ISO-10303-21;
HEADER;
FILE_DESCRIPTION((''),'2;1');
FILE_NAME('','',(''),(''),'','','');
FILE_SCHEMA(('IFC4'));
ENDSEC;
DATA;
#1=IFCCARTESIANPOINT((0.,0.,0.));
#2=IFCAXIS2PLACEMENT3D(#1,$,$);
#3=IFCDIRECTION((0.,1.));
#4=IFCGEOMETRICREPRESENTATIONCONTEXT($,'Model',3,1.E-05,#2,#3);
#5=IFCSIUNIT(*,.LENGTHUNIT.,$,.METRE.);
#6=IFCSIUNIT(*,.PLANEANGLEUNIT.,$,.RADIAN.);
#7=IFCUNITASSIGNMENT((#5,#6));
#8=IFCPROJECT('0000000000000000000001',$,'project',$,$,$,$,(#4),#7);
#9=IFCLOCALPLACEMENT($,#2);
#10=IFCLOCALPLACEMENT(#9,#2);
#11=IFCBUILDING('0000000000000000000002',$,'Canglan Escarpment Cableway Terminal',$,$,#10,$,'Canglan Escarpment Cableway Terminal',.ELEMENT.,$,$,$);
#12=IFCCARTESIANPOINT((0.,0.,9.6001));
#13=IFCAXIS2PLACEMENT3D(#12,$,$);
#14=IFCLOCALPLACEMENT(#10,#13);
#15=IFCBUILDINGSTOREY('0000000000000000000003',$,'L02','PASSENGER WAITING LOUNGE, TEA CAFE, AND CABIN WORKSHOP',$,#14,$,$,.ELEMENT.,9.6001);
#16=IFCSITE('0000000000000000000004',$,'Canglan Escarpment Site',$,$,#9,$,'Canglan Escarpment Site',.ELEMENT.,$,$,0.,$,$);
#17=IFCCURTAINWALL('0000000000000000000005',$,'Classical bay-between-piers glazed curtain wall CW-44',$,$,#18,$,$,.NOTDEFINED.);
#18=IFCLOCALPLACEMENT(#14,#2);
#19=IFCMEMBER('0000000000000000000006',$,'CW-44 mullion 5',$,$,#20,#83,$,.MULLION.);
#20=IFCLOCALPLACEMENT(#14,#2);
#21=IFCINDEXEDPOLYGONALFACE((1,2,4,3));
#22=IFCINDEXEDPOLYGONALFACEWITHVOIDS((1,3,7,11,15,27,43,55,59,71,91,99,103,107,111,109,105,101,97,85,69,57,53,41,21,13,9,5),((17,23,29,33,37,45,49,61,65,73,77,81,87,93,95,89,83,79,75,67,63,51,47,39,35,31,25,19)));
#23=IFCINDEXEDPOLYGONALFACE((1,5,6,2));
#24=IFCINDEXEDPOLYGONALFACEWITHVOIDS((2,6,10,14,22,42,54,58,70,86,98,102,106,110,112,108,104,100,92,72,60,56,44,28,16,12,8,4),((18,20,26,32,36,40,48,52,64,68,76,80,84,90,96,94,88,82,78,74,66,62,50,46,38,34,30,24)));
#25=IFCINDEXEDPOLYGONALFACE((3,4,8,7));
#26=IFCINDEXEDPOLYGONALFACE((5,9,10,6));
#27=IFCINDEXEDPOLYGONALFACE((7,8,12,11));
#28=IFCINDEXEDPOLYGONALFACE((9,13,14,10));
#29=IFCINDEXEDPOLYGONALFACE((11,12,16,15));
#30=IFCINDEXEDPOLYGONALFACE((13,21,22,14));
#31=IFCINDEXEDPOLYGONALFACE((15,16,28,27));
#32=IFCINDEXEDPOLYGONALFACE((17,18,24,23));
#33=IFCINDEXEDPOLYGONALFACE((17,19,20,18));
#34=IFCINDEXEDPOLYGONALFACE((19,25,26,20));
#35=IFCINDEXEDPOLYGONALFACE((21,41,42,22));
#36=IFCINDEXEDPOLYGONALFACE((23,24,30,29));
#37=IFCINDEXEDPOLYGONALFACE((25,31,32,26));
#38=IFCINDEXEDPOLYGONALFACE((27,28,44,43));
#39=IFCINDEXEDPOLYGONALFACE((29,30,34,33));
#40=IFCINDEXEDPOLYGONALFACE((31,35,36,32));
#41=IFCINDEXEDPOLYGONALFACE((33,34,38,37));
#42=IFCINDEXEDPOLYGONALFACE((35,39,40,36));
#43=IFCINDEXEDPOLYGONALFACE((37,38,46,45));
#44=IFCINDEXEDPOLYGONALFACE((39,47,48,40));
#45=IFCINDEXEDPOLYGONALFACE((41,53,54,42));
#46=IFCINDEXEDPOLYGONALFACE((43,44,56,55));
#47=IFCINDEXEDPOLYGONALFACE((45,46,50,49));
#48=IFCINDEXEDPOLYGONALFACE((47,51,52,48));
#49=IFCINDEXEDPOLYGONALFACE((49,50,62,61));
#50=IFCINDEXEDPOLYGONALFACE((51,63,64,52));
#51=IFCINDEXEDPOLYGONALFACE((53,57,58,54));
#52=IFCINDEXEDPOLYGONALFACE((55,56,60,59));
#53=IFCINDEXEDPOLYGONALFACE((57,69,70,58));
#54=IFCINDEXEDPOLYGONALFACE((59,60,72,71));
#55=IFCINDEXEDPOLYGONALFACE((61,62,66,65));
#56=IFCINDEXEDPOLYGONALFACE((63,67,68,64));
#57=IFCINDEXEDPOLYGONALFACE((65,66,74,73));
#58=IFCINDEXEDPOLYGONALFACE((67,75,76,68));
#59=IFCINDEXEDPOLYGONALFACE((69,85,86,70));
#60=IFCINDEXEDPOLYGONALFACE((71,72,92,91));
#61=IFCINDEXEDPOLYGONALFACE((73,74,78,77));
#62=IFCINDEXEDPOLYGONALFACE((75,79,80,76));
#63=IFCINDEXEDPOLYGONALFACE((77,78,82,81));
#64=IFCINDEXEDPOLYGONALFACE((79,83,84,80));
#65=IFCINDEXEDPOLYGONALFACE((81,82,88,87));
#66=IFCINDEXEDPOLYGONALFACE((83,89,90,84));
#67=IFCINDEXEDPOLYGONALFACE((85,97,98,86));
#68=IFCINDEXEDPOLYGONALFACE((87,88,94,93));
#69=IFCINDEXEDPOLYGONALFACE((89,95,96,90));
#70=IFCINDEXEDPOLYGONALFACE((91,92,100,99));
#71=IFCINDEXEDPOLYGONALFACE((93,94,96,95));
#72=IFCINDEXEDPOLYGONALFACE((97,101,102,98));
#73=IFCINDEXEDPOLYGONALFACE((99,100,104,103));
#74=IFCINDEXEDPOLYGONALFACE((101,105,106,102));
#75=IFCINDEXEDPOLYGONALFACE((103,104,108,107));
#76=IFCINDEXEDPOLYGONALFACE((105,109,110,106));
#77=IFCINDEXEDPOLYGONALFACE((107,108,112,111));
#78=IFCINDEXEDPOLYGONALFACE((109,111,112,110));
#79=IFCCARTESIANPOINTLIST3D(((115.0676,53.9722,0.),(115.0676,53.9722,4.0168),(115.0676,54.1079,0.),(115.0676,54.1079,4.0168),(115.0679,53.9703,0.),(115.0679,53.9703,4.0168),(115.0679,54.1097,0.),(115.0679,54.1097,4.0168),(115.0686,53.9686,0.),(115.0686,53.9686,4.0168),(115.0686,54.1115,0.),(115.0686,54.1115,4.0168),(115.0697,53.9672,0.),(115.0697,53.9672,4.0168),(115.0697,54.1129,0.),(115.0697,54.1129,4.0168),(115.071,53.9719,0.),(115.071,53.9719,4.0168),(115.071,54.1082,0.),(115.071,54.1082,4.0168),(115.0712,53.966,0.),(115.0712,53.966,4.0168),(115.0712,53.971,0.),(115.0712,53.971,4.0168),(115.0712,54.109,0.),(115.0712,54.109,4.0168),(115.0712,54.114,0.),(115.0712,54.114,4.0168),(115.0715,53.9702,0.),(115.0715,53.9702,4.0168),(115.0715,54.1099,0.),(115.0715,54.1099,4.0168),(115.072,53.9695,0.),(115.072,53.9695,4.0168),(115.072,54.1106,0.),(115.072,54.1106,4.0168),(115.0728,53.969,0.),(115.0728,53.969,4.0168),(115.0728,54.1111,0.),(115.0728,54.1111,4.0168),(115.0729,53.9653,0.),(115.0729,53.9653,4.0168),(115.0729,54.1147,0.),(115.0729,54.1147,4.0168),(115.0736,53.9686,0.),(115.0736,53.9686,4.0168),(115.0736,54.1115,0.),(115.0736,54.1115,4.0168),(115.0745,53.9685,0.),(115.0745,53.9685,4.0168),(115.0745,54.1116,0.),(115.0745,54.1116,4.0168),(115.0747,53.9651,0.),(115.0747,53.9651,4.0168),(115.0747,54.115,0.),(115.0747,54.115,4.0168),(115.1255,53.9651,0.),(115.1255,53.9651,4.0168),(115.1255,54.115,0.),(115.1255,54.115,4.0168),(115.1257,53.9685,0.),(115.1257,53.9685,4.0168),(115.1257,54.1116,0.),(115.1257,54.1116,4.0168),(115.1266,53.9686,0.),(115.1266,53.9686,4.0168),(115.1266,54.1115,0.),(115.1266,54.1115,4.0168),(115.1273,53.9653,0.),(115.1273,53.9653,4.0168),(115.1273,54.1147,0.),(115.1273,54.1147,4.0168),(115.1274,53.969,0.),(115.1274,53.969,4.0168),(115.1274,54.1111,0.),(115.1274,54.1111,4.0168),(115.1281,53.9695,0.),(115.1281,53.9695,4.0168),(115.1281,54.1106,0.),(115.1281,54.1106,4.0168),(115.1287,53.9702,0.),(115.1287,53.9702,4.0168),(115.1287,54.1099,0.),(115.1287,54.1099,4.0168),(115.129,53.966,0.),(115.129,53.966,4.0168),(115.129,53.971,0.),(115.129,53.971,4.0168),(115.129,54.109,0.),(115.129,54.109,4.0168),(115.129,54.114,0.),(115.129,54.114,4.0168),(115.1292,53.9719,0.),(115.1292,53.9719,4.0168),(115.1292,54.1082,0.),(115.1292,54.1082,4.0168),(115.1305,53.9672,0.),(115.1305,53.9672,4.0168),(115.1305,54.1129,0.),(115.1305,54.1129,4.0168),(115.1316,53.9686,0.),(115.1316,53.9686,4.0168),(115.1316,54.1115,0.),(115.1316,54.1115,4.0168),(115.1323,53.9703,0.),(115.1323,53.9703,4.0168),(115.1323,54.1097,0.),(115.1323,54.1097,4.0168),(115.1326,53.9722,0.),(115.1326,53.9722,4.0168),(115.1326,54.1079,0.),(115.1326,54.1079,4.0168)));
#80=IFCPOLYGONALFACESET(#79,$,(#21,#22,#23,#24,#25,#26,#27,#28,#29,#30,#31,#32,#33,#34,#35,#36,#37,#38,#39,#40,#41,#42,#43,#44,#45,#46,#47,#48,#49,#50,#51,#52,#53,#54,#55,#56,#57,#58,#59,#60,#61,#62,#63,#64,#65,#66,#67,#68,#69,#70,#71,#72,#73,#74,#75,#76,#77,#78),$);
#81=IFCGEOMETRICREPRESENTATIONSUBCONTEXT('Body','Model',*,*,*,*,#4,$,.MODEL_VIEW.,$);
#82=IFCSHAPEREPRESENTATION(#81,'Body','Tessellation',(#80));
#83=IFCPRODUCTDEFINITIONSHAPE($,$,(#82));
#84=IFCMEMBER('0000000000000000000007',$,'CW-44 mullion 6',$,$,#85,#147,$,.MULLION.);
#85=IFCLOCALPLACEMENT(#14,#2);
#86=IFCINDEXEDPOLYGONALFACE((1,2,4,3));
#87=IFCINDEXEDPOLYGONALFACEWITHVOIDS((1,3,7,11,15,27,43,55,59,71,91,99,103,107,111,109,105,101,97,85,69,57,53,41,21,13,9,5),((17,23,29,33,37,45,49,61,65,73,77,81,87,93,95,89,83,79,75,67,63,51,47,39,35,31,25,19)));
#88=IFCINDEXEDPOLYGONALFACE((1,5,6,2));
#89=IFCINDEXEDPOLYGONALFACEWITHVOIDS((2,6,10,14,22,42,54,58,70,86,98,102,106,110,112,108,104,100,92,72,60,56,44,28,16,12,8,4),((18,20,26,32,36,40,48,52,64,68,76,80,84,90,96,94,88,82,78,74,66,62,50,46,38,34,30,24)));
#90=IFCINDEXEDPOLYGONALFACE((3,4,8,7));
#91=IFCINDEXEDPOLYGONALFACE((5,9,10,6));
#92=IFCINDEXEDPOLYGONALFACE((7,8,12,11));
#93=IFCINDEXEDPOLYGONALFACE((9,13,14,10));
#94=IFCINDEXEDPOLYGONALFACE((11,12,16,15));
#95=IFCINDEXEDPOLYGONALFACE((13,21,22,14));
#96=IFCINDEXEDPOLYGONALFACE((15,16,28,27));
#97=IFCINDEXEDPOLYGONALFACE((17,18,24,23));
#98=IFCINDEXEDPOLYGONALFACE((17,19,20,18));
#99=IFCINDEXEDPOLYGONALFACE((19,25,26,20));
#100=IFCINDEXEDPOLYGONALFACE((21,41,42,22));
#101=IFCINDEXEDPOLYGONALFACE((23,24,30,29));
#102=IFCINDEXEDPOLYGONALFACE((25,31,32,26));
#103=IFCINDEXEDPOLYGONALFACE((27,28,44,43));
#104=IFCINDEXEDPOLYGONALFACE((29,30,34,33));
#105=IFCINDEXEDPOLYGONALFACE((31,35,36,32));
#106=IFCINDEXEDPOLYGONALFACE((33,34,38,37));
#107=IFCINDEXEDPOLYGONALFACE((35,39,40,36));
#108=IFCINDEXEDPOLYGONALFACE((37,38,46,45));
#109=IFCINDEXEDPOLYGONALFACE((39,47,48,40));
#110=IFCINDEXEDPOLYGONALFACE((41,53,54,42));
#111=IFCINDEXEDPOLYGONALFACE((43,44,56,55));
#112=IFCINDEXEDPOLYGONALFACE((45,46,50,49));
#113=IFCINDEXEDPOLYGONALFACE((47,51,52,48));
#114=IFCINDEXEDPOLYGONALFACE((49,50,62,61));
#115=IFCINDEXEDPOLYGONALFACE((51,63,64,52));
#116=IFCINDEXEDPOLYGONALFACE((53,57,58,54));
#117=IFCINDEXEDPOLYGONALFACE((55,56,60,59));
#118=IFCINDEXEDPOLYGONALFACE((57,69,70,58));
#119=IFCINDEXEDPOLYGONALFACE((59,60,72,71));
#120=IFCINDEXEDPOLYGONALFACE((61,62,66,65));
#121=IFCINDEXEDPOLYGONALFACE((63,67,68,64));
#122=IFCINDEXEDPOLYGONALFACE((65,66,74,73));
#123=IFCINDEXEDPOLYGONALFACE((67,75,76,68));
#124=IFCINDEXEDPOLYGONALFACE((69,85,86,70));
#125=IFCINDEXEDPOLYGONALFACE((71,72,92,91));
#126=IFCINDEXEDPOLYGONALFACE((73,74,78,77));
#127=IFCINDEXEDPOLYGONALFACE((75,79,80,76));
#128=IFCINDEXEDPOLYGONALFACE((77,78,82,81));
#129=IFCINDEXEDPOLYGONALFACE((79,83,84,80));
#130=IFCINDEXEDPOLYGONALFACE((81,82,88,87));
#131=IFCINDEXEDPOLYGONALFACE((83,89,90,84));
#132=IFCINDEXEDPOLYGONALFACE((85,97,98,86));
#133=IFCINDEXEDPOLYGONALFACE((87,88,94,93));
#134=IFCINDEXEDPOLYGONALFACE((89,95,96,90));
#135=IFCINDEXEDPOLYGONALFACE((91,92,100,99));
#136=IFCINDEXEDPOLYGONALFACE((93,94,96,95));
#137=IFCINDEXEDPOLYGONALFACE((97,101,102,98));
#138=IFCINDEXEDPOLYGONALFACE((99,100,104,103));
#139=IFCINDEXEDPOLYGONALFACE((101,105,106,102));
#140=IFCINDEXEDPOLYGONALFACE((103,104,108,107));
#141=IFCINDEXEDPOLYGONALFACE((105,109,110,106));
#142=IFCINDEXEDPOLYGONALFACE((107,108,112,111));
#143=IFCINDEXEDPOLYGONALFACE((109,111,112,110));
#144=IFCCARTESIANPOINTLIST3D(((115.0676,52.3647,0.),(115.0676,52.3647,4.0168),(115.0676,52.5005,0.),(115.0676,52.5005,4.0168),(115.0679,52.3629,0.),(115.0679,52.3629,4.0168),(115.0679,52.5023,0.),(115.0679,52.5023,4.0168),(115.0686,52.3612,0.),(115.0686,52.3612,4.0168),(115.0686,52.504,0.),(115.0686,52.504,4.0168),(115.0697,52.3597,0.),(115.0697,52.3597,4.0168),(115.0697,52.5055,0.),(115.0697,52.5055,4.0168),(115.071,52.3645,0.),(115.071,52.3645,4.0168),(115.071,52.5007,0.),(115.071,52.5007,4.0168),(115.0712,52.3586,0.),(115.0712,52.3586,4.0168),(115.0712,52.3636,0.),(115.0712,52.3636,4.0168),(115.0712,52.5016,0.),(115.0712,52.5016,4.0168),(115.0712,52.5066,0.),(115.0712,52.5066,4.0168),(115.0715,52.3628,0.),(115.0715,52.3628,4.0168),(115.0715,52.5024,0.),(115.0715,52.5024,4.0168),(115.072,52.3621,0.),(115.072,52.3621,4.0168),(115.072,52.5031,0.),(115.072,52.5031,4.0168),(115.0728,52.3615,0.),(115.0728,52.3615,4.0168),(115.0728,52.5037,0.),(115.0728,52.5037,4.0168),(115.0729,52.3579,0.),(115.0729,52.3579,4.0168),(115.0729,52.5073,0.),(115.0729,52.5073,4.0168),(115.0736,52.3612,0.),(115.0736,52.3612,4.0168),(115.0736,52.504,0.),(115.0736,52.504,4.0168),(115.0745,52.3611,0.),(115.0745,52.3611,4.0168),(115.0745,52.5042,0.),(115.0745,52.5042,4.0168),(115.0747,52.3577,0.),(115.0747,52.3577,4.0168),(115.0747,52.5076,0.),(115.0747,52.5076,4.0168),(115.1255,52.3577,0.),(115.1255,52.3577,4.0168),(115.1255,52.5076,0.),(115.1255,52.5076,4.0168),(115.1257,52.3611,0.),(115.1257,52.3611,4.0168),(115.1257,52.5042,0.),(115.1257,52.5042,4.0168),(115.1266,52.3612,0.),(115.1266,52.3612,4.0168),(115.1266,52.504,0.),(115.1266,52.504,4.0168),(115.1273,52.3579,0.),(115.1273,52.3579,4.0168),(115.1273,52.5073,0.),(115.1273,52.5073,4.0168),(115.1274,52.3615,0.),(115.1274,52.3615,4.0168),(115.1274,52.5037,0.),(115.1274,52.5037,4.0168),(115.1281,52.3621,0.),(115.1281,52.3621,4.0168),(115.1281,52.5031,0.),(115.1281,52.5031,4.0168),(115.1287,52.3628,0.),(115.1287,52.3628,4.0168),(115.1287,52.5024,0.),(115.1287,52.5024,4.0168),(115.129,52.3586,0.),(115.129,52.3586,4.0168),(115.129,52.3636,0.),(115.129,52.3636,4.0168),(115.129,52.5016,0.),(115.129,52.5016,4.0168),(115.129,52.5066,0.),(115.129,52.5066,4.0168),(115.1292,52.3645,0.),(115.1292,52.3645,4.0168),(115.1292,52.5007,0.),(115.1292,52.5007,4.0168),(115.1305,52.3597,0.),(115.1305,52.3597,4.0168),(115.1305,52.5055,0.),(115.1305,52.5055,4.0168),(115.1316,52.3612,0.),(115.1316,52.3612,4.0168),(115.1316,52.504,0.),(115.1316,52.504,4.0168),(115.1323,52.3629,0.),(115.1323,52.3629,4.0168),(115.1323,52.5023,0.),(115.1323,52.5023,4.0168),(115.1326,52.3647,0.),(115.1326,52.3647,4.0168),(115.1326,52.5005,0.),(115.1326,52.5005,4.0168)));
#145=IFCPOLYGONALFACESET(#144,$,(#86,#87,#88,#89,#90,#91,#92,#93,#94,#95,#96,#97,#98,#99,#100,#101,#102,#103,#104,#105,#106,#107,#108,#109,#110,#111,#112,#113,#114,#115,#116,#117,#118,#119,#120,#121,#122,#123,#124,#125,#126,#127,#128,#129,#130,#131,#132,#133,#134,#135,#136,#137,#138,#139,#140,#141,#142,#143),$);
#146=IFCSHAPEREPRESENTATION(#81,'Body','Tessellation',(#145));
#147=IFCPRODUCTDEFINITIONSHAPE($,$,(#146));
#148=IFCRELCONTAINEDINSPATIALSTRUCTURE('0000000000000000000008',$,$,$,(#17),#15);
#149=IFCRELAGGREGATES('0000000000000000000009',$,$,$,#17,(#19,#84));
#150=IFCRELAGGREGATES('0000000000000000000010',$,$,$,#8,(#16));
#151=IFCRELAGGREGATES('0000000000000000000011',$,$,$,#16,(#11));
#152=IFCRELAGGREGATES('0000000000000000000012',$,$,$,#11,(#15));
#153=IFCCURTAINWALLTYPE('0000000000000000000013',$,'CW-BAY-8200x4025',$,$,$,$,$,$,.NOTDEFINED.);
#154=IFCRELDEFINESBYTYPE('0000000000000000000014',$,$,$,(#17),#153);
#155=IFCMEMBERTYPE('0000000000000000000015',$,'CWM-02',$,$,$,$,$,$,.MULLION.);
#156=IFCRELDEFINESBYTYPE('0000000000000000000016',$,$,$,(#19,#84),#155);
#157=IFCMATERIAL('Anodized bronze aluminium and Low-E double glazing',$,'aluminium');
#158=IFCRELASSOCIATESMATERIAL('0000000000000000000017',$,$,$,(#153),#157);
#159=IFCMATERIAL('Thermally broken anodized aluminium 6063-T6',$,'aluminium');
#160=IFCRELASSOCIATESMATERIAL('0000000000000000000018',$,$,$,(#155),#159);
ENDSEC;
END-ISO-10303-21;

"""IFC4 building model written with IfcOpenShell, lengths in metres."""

from ifc_helpers import new_model, si_unit, direction, frame, origin, origin_2d, place, context, subcontext, project, spatial, hollow_rectangle, extrude, material, material_profile, profile_set, type_object, element, aggregate, save


model = new_model("IFC4")

# Units and contexts
model_context = context("Model", 3, precision=1e-05, world=origin(), true_north=direction((0.0, 1.0)))
body_context = subcontext(model_context, "Body", "Model", "MODEL_VIEW")
ifc_project = project(units=[si_unit("LENGTHUNIT", "METRE"), si_unit("PLANEANGLEUNIT", "RADIAN")], contexts=[model_context])

# Site, building, storey
site_placement = place(None, origin())
site = spatial("IfcSite", under=ifc_project, at=site_placement, Name="Canglan Escarpment Site", LongName="Canglan Escarpment Site", CompositionType="ELEMENT", RefElevation=0.0)
building_placement = place(site_placement, origin())
building = spatial("IfcBuilding", under=site, at=building_placement, Name="Canglan Escarpment Cableway Terminal", LongName="Canglan Escarpment Cableway Terminal", CompositionType="ELEMENT")
storey_placement = place(building_placement, frame((0.0, 0.0, 9.6001)))
storey = spatial("IfcBuildingStorey", under=building, at=storey_placement, Name="L02", Description="PASSENGER WAITING LOUNGE, TEA CAFE, AND CABIN WORKSHOP", CompositionType="ELEMENT", Elevation=9.6001)

# Curtain wall, members
ifc_material_1 = material(Name="Anodized bronze aluminium and Low-E double glazing", Category="aluminium")
curtain_wall_type = type_object("IfcCurtainWallType", Name="CW-BAY-8200x4025", PredefinedType="NOTDEFINED", material=ifc_material_1)
ifc_material_2 = material(Name="Thermally broken anodized aluminium 6063-T6", Category="aluminium")
curtain_wall_1_placement = place(storey_placement, origin())
curtain_wall_1 = element("IfcCurtainWall", 1, at=curtain_wall_1_placement, inside=storey, type_object=curtain_wall_type, Name="Classical bay-between-piers glazed curtain wall CW-44", PredefinedType="NOTDEFINED")
ifc_material_profile_1 = material_profile(ifc_material_2, hollow_rectangle(XDim=0.0649, YDim=0.1499, WallThickness=0.0034, InnerFilletRadius=0.0034, OuterFilletRadius=0.0071, at=origin_2d()), Name="ALU-MULL 65x150x3.5")
ifc_profile_set_1 = profile_set([ifc_material_profile_1], Name="Thermally broken anodized aluminium 6063-T6")
member_type_1 = type_object("IfcMemberType", Name="CWM-02", PredefinedType="MULLION", material=ifc_profile_set_1)
member_1_placement = place(storey_placement, frame((115.1001, 54.04, 0.0), z_axis=(0.0, 0.0, 1.0), x_axis=(1.0, 0.0, 0.0)))
member_1 = element("IfcMember", 2, at=member_1_placement, type_object=member_type_1, Name="CW-44 mullion 5", PredefinedType="MULLION", context=body_context, shape_type="SweptSolid", body=[
    extrude(hollow_rectangle(XDim=0.0649, YDim=0.1499, WallThickness=0.0034, InnerFilletRadius=0.0034, OuterFilletRadius=0.0071, at=origin_2d()), origin(), (0.0, 0.0, 1.0), 4.0168),
])
member_2_placement = place(storey_placement, frame((115.1001, 52.4326, 0.0), z_axis=(0.0, 0.0, 1.0), x_axis=(1.0, 0.0, 0.0)))
member_2 = element("IfcMember", 3, at=member_2_placement, type_object=member_type_1, Name="CW-44 mullion 6", PredefinedType="MULLION", context=body_context, shape_type="SweptSolid", body=[
    extrude(hollow_rectangle(XDim=0.0649, YDim=0.1499, WallThickness=0.0034, InnerFilletRadius=0.0034, OuterFilletRadius=0.0071, at=origin_2d()), origin(), (0.0, 0.0, 1.0), 4.0168),
])

aggregate(curtain_wall_1, [member_1, member_2])

save(model, "model.ifc")
